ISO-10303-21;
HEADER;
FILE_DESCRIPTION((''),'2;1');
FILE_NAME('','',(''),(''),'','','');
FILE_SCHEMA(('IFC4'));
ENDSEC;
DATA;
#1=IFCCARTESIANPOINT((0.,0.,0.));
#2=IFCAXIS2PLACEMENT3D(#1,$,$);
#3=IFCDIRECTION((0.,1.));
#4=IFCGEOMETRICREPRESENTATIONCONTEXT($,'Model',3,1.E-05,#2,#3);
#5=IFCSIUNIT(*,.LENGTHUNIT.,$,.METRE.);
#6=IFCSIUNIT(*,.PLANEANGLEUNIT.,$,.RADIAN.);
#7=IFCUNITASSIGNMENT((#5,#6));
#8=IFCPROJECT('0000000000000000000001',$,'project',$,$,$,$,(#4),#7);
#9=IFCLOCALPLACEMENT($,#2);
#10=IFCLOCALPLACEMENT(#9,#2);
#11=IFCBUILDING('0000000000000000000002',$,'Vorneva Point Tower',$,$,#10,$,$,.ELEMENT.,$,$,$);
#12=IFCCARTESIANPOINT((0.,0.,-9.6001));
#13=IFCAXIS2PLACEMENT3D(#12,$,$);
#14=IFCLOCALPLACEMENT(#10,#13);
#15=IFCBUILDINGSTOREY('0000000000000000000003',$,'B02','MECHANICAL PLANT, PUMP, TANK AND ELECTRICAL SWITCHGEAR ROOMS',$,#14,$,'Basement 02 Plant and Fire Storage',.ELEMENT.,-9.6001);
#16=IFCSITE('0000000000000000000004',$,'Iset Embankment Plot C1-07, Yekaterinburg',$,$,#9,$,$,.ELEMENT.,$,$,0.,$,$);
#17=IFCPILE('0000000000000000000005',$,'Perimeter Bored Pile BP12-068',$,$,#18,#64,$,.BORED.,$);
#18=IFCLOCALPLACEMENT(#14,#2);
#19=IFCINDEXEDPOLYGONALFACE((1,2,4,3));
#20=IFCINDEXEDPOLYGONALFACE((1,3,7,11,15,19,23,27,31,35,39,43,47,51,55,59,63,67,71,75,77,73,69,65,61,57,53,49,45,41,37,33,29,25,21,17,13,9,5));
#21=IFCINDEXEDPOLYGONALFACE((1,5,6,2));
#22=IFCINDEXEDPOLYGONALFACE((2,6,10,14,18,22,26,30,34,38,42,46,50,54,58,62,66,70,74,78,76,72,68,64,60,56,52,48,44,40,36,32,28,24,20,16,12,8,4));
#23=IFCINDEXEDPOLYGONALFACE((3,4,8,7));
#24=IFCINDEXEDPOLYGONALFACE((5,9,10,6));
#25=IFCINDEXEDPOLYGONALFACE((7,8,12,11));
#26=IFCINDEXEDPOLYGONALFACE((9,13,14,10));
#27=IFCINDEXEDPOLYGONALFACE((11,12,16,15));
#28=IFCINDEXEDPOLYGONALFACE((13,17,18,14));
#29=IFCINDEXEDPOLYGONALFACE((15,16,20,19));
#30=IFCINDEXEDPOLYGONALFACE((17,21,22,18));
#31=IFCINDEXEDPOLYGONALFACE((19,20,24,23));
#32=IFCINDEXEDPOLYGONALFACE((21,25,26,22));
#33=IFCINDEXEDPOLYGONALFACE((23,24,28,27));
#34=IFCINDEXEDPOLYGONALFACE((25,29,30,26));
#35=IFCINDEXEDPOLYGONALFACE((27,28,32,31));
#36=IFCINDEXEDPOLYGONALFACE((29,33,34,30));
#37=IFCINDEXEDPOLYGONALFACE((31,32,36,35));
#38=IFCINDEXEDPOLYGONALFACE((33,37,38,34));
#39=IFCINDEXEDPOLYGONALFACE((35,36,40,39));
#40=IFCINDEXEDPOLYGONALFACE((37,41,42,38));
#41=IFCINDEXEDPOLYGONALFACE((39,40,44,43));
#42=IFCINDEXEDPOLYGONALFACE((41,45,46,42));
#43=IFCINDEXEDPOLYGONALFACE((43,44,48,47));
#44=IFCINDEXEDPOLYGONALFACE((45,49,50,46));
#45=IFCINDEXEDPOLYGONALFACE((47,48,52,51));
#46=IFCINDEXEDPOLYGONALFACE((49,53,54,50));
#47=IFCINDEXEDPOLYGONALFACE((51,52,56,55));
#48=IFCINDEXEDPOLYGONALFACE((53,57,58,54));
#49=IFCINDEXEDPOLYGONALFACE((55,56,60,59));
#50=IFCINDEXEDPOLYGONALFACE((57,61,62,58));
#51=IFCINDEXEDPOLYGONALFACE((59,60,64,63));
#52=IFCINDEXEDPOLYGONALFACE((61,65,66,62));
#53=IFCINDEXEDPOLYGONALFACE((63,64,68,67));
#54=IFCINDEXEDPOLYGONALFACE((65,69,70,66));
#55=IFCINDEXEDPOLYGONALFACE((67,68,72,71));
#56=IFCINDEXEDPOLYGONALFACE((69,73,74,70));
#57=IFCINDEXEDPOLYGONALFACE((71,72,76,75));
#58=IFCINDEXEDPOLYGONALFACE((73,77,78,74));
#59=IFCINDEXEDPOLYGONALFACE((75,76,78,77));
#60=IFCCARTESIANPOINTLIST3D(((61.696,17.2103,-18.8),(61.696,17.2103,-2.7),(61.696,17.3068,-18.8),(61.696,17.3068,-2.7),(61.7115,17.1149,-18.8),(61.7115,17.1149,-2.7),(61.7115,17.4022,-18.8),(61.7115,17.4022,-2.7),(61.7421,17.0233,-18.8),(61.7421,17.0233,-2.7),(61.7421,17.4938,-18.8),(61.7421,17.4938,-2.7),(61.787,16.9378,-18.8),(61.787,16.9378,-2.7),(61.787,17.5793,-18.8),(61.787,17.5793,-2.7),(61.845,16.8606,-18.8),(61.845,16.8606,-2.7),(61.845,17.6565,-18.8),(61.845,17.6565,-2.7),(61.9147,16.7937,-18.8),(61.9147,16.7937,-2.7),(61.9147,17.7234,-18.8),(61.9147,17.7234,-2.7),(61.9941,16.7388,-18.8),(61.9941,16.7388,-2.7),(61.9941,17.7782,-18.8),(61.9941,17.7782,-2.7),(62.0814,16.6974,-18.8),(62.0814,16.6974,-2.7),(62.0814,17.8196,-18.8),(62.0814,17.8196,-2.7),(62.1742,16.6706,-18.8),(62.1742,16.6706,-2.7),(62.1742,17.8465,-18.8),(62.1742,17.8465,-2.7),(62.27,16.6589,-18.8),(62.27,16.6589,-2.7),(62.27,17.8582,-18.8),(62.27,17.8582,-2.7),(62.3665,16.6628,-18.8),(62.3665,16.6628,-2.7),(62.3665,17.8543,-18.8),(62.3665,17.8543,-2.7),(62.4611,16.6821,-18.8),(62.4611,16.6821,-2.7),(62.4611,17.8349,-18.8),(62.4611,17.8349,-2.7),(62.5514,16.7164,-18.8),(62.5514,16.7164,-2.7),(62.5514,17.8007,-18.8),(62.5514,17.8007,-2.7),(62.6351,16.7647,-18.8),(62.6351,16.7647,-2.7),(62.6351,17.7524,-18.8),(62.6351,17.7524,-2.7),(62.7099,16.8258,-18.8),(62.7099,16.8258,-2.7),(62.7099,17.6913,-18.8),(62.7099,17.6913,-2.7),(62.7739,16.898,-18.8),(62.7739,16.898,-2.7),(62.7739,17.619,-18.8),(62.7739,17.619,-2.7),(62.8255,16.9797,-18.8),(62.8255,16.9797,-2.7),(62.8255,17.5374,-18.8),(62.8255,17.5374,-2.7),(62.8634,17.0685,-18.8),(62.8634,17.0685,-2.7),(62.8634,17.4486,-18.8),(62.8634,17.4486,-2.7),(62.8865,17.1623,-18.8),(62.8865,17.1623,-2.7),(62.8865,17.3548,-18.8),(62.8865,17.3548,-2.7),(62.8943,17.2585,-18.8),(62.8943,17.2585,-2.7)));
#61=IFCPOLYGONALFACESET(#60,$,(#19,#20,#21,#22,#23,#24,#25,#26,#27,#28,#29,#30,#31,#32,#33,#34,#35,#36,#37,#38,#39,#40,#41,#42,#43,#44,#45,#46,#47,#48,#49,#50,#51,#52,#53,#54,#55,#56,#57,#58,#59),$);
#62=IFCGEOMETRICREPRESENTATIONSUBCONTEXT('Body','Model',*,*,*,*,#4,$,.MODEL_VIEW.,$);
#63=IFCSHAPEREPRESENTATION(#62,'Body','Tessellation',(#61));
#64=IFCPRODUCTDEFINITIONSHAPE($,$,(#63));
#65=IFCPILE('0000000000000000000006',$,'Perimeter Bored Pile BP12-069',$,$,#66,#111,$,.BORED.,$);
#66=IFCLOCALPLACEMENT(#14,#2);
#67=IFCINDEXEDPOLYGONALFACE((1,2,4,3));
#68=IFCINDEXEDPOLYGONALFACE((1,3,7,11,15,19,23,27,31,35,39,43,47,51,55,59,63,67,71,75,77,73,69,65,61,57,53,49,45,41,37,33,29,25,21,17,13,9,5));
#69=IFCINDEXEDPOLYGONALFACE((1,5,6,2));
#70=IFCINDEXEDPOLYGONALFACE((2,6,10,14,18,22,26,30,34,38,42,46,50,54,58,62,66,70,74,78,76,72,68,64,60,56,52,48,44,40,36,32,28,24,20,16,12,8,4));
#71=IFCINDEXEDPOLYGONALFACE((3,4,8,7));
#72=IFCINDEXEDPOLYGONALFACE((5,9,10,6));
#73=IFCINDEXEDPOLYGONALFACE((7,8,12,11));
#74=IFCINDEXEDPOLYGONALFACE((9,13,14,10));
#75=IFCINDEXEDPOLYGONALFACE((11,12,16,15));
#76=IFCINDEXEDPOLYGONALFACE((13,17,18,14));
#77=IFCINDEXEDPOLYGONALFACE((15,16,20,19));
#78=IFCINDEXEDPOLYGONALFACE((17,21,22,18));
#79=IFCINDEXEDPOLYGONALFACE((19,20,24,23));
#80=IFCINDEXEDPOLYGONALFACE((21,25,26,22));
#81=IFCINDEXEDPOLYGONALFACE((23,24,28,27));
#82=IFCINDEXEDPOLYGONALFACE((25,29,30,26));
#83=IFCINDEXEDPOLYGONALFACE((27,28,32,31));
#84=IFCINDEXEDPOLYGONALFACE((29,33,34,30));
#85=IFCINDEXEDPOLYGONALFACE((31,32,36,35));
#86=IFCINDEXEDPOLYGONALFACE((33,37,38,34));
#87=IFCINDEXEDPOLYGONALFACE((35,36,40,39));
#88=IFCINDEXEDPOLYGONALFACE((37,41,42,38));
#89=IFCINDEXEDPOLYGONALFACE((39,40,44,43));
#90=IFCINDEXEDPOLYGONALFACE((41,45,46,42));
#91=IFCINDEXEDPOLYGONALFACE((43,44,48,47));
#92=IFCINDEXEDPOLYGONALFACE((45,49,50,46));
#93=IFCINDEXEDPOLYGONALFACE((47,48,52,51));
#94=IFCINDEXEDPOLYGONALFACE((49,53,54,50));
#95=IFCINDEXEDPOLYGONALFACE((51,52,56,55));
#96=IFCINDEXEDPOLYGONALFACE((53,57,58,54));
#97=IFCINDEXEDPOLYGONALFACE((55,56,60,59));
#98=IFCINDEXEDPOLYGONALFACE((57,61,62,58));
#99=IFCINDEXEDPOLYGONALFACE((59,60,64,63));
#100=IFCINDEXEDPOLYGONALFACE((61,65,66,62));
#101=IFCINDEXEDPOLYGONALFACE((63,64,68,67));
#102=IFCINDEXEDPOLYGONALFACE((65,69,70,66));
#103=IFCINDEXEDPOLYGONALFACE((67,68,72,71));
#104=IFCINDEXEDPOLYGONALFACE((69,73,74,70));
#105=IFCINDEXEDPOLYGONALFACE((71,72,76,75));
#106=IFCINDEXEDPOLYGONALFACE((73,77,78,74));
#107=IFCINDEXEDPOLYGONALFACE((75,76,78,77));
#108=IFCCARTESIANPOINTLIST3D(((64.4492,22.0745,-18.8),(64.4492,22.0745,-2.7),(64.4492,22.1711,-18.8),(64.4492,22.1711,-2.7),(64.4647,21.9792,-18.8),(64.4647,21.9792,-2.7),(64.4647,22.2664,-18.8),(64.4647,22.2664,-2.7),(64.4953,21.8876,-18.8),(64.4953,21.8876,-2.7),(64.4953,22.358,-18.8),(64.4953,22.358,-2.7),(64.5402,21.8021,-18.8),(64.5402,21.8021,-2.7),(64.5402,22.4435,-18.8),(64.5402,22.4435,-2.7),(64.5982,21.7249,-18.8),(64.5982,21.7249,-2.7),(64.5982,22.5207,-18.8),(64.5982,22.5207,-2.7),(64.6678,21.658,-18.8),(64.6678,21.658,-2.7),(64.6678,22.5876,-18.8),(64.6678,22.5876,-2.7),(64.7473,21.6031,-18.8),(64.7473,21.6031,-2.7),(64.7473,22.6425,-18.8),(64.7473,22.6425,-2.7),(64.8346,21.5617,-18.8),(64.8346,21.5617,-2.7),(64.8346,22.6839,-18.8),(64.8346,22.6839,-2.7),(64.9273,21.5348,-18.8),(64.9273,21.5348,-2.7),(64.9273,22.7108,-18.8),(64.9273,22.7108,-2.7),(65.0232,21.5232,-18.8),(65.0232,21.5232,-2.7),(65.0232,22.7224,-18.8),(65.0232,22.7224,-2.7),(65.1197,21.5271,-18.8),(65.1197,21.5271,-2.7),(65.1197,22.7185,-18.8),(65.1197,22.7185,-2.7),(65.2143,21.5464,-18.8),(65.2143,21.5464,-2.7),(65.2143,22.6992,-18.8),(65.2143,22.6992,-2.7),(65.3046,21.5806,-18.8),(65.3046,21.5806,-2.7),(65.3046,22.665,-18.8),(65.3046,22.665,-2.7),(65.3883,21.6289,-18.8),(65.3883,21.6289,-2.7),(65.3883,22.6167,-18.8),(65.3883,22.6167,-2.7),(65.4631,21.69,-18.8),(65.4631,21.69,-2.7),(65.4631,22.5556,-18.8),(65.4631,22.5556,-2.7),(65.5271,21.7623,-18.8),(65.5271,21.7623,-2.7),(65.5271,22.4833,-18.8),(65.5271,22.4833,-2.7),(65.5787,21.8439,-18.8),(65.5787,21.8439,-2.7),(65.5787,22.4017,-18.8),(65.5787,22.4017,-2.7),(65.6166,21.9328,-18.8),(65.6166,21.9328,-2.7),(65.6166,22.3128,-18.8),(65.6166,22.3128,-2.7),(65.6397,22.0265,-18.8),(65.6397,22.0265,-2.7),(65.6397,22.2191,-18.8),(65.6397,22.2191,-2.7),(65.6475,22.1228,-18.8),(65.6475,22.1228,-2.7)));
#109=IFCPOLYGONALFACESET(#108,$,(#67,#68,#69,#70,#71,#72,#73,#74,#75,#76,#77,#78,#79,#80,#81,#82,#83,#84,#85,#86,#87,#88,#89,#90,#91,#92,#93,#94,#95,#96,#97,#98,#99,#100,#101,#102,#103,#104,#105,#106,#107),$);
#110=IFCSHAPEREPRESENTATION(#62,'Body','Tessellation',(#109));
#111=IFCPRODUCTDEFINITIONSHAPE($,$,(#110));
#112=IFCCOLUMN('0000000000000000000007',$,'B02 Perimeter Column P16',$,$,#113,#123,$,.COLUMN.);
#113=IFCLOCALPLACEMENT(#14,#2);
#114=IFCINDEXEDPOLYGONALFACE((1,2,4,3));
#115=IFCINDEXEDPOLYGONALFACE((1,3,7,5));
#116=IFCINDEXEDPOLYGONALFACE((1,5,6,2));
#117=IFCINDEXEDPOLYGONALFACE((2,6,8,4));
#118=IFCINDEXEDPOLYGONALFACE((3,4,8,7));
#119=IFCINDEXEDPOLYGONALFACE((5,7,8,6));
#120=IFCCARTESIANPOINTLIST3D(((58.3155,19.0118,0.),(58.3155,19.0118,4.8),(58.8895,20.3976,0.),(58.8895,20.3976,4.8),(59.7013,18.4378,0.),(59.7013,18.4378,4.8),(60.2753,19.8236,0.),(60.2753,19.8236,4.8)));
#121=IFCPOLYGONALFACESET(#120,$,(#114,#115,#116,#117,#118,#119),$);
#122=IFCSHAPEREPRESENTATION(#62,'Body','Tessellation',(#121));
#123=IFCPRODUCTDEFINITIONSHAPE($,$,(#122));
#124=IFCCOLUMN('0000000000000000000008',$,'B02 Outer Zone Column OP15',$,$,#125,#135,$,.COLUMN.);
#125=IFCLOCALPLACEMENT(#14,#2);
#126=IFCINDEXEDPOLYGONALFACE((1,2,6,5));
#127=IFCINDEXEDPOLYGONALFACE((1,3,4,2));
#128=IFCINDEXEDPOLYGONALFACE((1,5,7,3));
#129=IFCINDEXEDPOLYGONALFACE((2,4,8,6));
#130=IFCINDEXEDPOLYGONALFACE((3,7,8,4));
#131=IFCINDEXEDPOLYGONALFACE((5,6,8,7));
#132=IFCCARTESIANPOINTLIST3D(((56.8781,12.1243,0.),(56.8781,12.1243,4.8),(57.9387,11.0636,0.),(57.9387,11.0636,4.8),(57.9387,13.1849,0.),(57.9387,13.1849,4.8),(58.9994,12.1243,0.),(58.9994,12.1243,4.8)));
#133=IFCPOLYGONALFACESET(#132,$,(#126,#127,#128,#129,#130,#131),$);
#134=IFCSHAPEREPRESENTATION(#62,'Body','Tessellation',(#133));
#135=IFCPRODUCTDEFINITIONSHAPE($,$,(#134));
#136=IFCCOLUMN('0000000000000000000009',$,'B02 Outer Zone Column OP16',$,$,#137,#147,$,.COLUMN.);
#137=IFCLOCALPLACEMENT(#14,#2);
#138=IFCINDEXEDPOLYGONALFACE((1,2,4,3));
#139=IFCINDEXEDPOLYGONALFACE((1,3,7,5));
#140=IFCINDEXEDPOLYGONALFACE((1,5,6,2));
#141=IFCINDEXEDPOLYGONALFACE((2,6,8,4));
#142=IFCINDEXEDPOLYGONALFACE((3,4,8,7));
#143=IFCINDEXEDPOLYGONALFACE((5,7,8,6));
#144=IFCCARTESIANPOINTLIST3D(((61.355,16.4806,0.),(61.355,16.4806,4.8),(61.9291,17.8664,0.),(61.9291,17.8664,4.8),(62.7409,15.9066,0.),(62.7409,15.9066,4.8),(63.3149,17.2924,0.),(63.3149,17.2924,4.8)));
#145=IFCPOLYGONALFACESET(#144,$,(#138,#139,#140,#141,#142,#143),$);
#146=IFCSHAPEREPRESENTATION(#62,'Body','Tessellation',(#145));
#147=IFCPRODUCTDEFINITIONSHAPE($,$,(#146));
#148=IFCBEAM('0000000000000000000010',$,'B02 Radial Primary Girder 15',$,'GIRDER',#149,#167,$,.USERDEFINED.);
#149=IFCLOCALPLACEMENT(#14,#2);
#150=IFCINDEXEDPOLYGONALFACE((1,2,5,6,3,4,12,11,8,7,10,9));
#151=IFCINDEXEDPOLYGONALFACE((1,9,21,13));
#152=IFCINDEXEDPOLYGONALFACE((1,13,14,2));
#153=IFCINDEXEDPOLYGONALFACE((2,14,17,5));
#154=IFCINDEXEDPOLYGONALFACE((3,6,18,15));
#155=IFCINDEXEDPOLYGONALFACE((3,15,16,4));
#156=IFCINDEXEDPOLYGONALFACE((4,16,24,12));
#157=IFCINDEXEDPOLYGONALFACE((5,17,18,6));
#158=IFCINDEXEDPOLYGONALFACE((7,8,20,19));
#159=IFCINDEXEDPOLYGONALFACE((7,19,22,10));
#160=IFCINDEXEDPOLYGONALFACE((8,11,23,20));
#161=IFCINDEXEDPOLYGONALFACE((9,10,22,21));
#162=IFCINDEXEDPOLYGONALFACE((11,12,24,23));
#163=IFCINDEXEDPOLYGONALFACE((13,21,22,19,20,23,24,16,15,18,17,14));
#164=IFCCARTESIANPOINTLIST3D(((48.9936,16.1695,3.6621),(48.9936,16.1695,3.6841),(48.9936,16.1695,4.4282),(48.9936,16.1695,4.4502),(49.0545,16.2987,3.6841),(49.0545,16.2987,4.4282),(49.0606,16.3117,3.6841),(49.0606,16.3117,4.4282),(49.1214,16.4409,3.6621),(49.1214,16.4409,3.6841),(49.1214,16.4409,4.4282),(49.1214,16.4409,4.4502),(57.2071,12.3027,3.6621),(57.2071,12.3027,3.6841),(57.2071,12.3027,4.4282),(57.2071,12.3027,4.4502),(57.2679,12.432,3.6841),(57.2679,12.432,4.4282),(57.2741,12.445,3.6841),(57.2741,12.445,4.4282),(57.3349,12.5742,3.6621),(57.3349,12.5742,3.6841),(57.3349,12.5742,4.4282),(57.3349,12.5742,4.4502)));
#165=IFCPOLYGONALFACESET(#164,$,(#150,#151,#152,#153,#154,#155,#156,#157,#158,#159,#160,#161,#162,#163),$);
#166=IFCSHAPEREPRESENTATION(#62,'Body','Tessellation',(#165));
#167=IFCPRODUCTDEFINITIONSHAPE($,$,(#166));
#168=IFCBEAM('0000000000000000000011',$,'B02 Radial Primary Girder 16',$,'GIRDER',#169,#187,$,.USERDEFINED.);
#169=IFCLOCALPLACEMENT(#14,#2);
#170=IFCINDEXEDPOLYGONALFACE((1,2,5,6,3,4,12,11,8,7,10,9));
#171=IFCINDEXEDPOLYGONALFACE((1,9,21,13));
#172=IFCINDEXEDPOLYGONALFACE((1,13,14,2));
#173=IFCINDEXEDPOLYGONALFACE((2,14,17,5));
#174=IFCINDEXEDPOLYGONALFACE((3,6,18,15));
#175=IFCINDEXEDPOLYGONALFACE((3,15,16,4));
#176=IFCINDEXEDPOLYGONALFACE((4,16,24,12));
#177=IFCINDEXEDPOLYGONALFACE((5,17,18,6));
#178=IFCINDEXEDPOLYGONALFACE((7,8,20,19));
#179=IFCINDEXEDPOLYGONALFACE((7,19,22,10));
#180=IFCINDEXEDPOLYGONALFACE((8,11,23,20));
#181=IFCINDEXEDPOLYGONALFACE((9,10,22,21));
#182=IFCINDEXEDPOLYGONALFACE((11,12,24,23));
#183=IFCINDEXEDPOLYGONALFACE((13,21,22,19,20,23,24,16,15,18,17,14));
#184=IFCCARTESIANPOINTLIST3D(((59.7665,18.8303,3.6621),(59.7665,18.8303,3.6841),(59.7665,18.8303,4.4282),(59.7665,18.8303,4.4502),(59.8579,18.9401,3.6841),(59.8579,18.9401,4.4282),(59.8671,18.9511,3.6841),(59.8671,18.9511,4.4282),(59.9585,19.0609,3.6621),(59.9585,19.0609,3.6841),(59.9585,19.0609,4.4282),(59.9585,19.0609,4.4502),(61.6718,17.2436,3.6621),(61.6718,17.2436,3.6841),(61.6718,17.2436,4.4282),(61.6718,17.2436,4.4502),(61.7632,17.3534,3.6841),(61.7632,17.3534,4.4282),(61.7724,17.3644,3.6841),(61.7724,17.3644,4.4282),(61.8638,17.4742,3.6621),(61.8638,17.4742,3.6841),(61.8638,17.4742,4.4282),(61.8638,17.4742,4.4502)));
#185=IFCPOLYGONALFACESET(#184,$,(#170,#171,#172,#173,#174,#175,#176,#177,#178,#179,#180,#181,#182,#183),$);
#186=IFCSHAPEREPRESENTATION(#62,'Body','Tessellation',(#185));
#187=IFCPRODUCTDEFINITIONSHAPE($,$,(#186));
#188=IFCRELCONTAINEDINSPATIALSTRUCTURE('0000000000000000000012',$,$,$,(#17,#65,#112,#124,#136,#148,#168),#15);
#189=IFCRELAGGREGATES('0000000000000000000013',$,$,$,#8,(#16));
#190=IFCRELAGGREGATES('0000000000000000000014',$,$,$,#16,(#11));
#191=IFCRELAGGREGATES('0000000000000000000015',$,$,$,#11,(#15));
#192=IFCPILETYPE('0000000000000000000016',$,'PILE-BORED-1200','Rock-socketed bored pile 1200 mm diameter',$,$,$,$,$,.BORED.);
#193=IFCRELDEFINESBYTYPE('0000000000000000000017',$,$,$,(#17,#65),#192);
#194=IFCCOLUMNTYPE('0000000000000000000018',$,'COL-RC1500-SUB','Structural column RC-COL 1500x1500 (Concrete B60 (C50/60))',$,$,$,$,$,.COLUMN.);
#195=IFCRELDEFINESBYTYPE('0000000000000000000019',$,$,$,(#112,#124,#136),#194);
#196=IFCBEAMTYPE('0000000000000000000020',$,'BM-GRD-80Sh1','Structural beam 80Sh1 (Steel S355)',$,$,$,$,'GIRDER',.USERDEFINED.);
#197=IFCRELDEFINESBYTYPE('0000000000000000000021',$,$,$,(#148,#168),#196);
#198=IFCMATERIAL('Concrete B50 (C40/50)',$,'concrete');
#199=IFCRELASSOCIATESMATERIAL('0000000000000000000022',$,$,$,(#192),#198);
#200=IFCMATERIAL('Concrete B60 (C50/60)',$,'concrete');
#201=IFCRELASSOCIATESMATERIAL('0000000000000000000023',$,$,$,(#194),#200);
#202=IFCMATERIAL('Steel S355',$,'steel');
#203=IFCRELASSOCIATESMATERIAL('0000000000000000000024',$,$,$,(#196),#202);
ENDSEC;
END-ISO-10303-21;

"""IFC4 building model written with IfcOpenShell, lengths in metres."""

from ifc_helpers import new_model, si_unit, direction, frame, origin, origin_2d, place, context, subcontext, project, spatial, rectangle, circle, i_section, extrude, material, material_profile, profile_set, type_object, element, save


model = new_model("IFC4")

# Units and contexts
model_context = context("Model", 3, precision=1e-05, world=origin(), true_north=direction((0.0, 1.0)))
body_context = subcontext(model_context, "Body", "Model", "MODEL_VIEW")
ifc_project = project(units=[si_unit("LENGTHUNIT", "METRE"), si_unit("PLANEANGLEUNIT", "RADIAN")], contexts=[model_context])

# Site, building, storey
site_placement = place(None, origin())
site = spatial("IfcSite", under=ifc_project, at=site_placement, Name="Iset Embankment Plot C1-07, Yekaterinburg", CompositionType="ELEMENT", RefElevation=0.0)
building_placement = place(site_placement, origin())
building = spatial("IfcBuilding", under=site, at=building_placement, Name="Vorneva Point Tower", CompositionType="ELEMENT")
storey_placement = place(building_placement, frame((0.0, 0.0, -9.6001)))
storey = spatial("IfcBuildingStorey", under=building, at=storey_placement, Name="B02", Description="MECHANICAL PLANT, PUMP, TANK AND ELECTRICAL SWITCHGEAR ROOMS", LongName="Basement 02 Plant and Fire Storage", CompositionType="ELEMENT", Elevation=-9.6001)

# Shared definitions
ifc_material_1 = material(Name="Concrete B60 (C50/60)", Category="concrete")

# Piles
ifc_material_2 = material(Name="Concrete B50 (C40/50)", Category="concrete")
ifc_material_profile_1 = material_profile(ifc_material_2, circle(Radius=0.6001, at=origin_2d()), Name="PILE-1200")
ifc_profile_set_1 = profile_set([ifc_material_profile_1], Name="Concrete B50 (C40/50)")
pile_type = type_object("IfcPileType", Name="PILE-BORED-1200", Description="Rock-socketed bored pile 1200 mm diameter", PredefinedType="BORED", material=ifc_profile_set_1)
for number, where, z_axis, x_axis, name in (
    (1, (62.2942, 17.2585, -2.7), (0.0, 0.0, -1.0), (1.0, 0.0, 0.0), "Perimeter Bored Pile BP12-068"),
    (2, (65.0474, 22.1228, -2.7), (0.0, 0.0, -1.0), (1.0, 0.0, 0.0), "Perimeter Bored Pile BP12-069"),
):
    element("IfcPile", number, at=place(storey_placement, frame(where, z_axis=z_axis, x_axis=x_axis)), inside=storey, type_object=pile_type, Name=name, PredefinedType="BORED", context=body_context, shape_type="SweptSolid", body=[
        extrude(circle(Radius=0.6001, at=origin_2d()), origin(), (0.0, 0.0, 1.0), 16.1001),
    ])

# Columns
ifc_material_profile_2 = material_profile(ifc_material_1, rectangle(XDim=1.5, YDim=1.5, at=origin_2d()), Name="RC-COL 1500x1500")
ifc_profile_set_2 = profile_set([ifc_material_profile_2], Name="Concrete B60 (C50/60)")
column_type = type_object("IfcColumnType", Name="COL-RC1500-SUB", Description="Structural column RC-COL 1500x1500 (Concrete B60 (C50/60))", PredefinedType="COLUMN", material=ifc_profile_set_2)
for number, where, z_axis, x_axis, name in (
    (3, (59.2954, 19.4177, 0.0), (0.0, 0.0, 1.0), (0.92388, -0.382683, 0.0), "B02 Perimeter Column P16"),
    (4, (57.9387, 12.1243, 0.0), (0.0, 0.0, 1.0), (0.707107, -0.707107, 0.0), "B02 Outer Zone Column OP15"),
    (5, (62.335, 16.8865, 0.0), (0.0, 0.0, 1.0), (0.92388, -0.382683, 0.0), "B02 Outer Zone Column OP16"),
):
    element("IfcColumn", number, at=place(storey_placement, frame(where, z_axis=z_axis, x_axis=x_axis)), inside=storey, type_object=column_type, Name=name, PredefinedType="COLUMN", context=body_context, shape_type="SweptSolid", body=[
        extrude(rectangle(XDim=1.5, YDim=1.5, at=origin_2d()), origin(), (0.0, 0.0, 1.0), 4.8),
    ])

# Beams
ifc_material_3 = material(Name="Steel S355", Category="steel")
ifc_material_profile_3 = material_profile(ifc_material_3, i_section(OverallWidth=0.3, OverallDepth=0.7881, WebThickness=0.0144, FlangeThickness=0.022, at=origin_2d()), Name="80Sh1")
ifc_profile_set_3 = profile_set([ifc_material_profile_3], Name="Steel S355")
beam_type_1 = type_object("IfcBeamType", Name="BM-GRD-80Sh1", Description="Structural beam 80Sh1 (Steel S355)", ElementType="GIRDER", PredefinedType="USERDEFINED", material=ifc_profile_set_3)
beam_1_placement = place(storey_placement, frame((57.271, 12.4385, 4.0562), z_axis=(-0.904752, 0.425939, 0.0), x_axis=(-0.425939, -0.904752, 0.0)))
element("IfcBeam", 6, at=beam_1_placement, inside=storey, type_object=beam_type_1, Name="B02 Radial Primary Girder 15", ObjectType="GIRDER", PredefinedType="USERDEFINED", context=body_context, shape_type="SweptSolid", body=[
    extrude(i_section(OverallWidth=0.3, OverallDepth=0.7881, WebThickness=0.0144, FlangeThickness=0.022, at=origin_2d()), origin(), (0.0, 0.0, 1.0), 9.0781),
])
beam_2_placement = place(storey_placement, frame((61.7678, 17.3589, 4.0562), z_axis=(-0.768431, 0.639933, 0.0), x_axis=(-0.639933, -0.768431, 0.0)))
element("IfcBeam", 7, at=beam_2_placement, inside=storey, type_object=beam_type_1, Name="B02 Radial Primary Girder 16", ObjectType="GIRDER", PredefinedType="USERDEFINED", context=body_context, shape_type="SweptSolid", body=[
    extrude(i_section(OverallWidth=0.3, OverallDepth=0.7881, WebThickness=0.0144, FlangeThickness=0.022, at=origin_2d()), origin(), (0.0, 0.0, 1.0), 2.4795),
])

save(model, "model.ifc")
